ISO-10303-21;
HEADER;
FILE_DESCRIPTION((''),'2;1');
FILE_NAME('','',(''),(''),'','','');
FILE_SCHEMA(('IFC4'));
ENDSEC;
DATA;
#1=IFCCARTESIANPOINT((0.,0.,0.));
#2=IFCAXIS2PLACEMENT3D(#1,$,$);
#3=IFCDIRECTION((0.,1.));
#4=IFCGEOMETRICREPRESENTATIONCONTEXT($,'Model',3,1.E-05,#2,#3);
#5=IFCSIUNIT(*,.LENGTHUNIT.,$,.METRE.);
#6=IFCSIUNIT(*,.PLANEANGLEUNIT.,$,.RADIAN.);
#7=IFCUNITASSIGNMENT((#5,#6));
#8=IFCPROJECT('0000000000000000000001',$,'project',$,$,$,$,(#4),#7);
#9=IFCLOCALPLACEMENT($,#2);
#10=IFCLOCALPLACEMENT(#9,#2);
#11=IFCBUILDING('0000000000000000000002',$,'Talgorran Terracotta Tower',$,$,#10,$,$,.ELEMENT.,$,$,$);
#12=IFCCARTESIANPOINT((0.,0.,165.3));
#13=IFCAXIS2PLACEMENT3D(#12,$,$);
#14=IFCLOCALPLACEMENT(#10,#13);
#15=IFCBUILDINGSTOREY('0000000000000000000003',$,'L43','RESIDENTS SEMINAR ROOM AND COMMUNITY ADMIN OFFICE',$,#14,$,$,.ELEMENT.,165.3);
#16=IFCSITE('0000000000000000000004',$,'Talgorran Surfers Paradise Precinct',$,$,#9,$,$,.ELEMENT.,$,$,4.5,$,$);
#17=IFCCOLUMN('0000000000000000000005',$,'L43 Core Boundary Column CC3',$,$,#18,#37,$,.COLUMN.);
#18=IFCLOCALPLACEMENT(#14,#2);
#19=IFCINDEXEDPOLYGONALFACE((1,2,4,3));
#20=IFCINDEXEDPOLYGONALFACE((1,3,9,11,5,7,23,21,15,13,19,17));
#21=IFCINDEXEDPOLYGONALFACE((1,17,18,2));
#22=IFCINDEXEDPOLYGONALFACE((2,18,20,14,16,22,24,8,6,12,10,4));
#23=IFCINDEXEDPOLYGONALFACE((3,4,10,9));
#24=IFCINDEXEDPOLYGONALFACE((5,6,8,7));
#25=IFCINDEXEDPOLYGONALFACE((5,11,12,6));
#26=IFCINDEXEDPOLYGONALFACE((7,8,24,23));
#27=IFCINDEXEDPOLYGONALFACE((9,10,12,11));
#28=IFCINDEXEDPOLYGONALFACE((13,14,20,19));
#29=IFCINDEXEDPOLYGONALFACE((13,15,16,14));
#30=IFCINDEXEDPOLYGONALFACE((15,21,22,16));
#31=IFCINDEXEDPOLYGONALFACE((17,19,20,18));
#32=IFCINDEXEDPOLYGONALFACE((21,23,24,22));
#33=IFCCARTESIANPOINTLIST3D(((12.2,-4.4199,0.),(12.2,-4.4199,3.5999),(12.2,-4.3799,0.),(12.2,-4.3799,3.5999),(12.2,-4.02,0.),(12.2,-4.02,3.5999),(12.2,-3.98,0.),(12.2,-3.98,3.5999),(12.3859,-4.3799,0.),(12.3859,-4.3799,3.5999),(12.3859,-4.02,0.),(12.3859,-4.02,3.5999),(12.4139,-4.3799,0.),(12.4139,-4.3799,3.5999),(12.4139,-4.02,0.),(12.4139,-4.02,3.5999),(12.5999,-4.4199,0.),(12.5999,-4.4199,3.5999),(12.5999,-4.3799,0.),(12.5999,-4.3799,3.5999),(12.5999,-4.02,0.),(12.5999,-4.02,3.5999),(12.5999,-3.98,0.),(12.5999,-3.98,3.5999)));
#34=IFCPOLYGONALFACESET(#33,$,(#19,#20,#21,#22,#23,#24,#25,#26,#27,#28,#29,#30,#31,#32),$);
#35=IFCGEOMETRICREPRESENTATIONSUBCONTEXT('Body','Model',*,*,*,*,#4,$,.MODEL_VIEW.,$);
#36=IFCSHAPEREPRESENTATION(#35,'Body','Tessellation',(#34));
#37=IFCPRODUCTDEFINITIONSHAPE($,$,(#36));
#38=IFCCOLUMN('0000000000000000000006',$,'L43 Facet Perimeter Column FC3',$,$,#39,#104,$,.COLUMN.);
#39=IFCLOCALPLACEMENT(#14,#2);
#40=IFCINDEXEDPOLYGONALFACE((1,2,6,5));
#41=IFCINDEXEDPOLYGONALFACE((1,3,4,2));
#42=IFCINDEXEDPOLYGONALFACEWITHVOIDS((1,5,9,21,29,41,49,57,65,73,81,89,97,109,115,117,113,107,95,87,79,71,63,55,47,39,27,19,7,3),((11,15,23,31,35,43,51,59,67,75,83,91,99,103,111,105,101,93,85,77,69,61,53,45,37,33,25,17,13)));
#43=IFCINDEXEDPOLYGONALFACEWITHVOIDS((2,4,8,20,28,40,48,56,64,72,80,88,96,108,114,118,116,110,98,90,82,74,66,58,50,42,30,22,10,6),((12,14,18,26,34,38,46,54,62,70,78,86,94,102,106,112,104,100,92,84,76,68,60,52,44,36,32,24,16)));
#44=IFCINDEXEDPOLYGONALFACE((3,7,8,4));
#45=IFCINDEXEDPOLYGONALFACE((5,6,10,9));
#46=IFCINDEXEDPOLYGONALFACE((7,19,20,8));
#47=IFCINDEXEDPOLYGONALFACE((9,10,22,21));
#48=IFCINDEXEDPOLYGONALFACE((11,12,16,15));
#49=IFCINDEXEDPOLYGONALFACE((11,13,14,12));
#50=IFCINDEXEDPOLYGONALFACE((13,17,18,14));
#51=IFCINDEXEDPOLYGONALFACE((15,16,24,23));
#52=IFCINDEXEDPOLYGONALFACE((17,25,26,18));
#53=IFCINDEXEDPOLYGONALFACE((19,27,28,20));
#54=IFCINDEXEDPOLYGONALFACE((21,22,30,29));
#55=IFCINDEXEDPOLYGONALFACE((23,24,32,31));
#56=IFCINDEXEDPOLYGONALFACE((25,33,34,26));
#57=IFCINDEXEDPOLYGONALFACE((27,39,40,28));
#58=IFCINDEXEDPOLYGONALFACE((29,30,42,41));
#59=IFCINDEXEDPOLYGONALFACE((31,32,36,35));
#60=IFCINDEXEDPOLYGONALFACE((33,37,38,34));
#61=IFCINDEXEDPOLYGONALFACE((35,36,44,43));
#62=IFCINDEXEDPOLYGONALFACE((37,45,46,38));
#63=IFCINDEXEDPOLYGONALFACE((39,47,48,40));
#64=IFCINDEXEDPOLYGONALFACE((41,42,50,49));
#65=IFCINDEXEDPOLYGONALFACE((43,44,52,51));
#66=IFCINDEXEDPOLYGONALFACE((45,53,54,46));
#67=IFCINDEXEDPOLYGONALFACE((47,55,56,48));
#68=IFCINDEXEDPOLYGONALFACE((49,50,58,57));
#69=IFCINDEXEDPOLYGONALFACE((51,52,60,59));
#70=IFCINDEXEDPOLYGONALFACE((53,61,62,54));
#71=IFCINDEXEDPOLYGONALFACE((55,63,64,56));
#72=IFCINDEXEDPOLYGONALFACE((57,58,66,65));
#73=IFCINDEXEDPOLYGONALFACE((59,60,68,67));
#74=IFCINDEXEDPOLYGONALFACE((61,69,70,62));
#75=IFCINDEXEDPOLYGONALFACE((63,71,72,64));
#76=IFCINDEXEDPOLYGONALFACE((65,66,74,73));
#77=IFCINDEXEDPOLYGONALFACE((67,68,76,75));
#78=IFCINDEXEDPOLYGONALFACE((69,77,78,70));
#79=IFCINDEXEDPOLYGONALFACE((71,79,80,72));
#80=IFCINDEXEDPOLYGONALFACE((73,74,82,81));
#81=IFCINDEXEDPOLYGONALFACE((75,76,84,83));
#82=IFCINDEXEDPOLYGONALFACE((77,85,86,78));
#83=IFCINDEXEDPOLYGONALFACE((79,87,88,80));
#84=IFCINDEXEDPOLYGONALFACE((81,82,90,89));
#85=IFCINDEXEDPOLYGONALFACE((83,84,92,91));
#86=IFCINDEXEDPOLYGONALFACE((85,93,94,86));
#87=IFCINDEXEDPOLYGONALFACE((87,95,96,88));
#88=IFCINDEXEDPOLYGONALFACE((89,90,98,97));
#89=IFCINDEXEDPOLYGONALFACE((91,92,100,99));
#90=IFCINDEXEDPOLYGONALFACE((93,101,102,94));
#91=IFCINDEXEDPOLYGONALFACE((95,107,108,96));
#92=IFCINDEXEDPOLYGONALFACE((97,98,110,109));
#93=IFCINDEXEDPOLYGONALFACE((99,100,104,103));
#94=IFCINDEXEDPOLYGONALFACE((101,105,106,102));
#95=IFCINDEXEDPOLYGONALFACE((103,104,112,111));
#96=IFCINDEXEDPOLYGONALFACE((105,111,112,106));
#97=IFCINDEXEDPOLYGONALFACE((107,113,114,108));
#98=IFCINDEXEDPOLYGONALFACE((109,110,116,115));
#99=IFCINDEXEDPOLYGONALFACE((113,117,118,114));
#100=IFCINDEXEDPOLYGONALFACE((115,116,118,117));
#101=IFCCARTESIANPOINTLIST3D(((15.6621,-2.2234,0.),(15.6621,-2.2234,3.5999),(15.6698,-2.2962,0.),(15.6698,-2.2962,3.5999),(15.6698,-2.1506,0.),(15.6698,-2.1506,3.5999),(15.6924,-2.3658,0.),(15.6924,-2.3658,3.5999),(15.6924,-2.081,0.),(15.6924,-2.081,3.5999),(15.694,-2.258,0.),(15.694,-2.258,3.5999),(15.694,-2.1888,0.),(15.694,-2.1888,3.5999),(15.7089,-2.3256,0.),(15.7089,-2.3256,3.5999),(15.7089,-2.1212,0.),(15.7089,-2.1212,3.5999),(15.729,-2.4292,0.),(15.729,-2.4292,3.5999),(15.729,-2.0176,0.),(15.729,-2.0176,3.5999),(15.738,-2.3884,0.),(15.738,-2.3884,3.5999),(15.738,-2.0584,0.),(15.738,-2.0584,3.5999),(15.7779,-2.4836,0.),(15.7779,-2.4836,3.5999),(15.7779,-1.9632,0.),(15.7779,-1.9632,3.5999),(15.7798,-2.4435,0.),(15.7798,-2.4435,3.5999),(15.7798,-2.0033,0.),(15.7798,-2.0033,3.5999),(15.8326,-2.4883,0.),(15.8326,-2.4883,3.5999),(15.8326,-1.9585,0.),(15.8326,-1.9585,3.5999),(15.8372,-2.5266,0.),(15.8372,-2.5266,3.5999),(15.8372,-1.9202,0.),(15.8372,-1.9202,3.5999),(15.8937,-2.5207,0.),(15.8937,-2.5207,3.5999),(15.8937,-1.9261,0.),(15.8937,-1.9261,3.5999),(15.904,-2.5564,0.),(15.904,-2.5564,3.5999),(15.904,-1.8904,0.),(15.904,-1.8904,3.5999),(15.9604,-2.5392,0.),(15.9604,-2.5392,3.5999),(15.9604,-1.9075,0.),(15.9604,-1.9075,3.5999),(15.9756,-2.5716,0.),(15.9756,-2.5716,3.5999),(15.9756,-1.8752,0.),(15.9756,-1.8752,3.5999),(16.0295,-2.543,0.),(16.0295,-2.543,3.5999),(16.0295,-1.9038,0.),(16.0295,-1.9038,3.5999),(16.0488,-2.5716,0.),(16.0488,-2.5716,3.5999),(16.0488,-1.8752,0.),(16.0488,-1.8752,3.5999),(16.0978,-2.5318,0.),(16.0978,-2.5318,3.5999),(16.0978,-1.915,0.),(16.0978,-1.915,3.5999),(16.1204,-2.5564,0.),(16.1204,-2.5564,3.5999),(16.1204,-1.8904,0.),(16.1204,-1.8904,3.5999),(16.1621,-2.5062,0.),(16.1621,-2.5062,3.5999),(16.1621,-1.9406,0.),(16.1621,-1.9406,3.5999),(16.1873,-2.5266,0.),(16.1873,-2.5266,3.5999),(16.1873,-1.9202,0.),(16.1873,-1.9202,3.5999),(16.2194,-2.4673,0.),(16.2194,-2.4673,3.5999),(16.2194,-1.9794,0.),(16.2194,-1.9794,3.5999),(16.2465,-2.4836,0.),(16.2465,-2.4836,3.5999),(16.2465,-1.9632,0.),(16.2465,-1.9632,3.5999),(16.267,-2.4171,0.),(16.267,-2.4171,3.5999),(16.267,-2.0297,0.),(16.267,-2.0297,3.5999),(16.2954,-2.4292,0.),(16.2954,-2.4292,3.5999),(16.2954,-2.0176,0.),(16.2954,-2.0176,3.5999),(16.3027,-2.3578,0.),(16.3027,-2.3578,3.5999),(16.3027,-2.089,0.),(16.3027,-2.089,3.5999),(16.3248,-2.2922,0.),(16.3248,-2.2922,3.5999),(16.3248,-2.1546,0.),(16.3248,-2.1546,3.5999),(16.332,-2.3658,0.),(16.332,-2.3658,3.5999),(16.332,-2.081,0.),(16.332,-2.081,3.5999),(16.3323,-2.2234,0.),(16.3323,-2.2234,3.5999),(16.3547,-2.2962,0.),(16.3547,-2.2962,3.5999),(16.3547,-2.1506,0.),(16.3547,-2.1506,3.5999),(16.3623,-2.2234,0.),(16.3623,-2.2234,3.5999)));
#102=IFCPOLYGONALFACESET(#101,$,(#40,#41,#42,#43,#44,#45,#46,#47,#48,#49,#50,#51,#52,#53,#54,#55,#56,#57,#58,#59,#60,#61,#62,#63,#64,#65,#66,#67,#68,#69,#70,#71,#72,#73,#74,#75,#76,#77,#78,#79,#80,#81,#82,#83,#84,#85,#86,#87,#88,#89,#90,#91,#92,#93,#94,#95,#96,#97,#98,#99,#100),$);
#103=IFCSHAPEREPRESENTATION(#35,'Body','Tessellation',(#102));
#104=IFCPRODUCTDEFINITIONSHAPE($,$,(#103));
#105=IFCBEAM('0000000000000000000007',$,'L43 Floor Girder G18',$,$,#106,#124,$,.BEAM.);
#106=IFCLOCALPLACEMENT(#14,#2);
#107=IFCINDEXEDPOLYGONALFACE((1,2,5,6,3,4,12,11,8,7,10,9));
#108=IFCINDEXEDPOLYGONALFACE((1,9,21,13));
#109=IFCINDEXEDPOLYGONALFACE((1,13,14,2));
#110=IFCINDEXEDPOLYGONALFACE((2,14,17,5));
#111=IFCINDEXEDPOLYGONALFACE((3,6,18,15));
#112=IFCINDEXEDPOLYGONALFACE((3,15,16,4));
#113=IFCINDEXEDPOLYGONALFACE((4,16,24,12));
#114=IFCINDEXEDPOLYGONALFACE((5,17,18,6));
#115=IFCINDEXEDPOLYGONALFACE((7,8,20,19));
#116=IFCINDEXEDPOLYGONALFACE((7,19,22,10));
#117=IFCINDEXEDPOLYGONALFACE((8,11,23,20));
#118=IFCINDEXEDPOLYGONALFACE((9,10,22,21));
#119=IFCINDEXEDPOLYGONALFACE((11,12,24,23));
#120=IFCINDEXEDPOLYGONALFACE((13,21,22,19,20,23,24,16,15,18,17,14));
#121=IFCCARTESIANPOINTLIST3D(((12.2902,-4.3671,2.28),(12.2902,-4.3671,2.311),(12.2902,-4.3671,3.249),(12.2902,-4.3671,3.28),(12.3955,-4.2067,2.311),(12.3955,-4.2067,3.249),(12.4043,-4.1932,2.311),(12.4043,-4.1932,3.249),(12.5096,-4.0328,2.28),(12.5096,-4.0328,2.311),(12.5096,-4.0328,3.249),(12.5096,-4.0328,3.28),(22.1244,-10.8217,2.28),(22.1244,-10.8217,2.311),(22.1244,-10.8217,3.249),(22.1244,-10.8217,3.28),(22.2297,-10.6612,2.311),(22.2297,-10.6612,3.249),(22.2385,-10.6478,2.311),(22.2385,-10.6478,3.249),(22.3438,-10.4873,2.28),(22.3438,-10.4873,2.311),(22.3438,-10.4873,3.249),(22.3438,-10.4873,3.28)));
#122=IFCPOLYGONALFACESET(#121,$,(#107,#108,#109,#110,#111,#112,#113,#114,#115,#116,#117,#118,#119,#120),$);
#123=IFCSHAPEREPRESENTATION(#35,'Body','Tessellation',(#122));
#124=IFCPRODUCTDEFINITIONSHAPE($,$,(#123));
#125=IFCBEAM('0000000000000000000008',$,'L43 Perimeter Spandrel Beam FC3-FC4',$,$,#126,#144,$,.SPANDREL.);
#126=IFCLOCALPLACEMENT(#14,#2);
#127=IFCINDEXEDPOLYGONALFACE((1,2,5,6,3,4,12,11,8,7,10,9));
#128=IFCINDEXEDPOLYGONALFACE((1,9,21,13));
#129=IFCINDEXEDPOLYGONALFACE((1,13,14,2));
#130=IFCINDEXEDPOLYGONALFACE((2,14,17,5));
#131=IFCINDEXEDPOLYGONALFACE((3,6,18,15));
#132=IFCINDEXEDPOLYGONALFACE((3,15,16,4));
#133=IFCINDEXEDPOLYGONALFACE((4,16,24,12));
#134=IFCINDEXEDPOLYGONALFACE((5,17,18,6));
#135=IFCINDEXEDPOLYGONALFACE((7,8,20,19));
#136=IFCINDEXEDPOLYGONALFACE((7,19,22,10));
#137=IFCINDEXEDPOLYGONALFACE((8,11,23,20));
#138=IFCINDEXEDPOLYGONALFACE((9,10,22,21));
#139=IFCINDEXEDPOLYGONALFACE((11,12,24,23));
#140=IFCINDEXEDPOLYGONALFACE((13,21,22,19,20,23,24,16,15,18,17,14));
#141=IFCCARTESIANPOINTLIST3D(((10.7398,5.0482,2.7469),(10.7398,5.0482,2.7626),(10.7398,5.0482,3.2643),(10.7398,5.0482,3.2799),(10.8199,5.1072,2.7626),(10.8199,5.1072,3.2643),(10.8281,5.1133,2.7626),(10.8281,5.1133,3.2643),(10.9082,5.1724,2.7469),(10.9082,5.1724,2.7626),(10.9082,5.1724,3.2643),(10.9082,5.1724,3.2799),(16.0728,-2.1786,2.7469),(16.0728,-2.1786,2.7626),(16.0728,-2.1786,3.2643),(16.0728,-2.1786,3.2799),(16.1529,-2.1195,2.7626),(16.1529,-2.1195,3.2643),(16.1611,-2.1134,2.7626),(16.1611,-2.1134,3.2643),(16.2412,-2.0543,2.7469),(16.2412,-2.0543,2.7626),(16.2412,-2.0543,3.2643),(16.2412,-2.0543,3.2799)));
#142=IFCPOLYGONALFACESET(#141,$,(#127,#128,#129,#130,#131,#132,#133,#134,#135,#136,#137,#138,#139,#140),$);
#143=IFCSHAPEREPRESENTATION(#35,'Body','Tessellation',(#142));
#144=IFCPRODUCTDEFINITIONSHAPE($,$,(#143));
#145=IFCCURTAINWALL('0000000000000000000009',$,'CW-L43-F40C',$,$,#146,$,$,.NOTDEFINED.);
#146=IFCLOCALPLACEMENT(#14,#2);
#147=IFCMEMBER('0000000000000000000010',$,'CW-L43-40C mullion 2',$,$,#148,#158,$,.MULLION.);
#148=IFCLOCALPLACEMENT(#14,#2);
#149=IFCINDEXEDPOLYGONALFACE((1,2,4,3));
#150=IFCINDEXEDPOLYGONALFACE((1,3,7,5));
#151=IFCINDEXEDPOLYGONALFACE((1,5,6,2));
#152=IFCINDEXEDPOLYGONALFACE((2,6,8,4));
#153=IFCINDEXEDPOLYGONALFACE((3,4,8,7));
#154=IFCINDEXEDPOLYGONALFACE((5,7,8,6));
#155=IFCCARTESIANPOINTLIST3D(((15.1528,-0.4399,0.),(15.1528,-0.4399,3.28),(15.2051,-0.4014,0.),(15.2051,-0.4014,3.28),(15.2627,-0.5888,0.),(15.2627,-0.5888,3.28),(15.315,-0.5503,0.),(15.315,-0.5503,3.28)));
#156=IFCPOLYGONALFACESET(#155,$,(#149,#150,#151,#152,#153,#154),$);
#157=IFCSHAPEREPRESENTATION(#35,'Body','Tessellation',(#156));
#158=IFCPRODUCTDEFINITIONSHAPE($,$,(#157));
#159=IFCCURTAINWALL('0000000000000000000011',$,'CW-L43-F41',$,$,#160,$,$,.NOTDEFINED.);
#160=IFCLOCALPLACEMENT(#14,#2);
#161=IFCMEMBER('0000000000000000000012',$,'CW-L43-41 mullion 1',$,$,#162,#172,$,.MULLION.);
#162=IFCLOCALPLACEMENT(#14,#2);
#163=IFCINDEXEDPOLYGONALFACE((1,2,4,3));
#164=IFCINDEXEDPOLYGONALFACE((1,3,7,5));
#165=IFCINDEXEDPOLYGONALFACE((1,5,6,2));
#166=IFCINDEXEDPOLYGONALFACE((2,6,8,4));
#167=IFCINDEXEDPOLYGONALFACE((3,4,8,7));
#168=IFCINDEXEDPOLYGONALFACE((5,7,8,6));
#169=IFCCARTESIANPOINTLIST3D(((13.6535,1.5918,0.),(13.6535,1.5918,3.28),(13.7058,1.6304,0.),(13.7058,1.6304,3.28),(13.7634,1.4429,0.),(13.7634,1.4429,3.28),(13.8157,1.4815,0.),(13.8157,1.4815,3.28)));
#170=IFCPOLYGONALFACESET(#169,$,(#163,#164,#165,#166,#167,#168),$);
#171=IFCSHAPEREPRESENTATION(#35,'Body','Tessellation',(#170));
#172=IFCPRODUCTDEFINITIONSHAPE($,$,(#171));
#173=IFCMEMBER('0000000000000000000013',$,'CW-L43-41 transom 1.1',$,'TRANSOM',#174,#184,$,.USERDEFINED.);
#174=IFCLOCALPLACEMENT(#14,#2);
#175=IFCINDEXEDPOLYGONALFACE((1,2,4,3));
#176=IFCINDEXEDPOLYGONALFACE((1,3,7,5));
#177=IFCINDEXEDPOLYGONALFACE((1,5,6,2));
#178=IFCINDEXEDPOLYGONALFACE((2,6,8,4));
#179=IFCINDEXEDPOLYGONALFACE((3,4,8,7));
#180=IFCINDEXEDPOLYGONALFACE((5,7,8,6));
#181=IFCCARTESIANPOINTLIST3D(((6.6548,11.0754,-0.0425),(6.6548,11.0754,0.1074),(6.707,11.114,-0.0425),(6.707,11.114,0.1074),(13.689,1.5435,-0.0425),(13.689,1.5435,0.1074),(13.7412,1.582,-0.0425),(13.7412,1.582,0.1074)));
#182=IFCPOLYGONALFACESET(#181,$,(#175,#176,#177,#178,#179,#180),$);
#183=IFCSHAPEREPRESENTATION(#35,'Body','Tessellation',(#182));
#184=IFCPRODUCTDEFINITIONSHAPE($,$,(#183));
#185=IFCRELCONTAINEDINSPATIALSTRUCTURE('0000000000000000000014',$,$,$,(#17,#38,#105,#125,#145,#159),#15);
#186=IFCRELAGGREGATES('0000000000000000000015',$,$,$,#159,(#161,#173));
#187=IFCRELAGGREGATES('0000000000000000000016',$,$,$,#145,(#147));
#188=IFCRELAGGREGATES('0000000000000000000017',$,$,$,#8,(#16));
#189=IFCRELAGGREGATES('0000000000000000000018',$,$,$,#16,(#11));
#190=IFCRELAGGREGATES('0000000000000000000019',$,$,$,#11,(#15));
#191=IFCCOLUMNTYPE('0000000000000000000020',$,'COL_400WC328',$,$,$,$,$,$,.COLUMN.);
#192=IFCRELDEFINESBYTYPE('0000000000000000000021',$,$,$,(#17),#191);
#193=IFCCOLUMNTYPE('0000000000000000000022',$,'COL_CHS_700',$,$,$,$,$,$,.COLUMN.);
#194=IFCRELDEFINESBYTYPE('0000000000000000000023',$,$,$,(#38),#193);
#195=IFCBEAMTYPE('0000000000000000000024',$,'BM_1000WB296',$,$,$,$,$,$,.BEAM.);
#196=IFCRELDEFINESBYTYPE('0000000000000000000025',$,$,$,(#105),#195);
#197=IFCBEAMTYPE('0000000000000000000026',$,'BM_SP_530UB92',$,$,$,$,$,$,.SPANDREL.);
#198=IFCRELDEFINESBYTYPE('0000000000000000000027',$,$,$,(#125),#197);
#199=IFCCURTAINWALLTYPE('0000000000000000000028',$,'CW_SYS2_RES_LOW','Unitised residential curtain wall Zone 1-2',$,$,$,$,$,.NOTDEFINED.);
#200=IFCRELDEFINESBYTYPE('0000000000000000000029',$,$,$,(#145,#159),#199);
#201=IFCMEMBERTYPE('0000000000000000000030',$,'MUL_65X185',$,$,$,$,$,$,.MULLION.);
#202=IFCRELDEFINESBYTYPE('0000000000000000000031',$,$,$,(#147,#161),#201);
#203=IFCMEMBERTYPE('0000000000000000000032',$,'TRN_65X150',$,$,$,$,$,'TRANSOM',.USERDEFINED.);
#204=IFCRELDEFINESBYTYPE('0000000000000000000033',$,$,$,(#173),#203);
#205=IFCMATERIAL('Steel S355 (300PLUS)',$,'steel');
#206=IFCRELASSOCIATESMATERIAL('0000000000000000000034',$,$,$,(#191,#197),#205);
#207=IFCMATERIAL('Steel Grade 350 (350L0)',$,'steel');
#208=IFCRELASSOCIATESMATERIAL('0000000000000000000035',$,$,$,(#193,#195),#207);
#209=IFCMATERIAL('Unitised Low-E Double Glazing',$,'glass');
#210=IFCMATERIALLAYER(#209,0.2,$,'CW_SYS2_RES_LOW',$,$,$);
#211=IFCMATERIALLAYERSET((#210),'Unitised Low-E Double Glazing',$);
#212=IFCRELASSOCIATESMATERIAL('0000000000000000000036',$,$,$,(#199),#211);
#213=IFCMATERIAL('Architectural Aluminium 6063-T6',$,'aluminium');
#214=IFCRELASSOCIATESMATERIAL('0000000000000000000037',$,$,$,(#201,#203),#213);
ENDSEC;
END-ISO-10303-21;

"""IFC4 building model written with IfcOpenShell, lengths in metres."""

from ifc_helpers import new_model, si_unit, direction, frame, origin, origin_2d, place, context, subcontext, project, spatial, rectangle, hollow_circle, i_section, extrude, material, layer, layer_set, material_profile, profile_set, type_object, element, aggregate, save


model = new_model("IFC4")

# Units and contexts
model_context = context("Model", 3, precision=1e-05, world=origin(), true_north=direction((0.0, 1.0)))
body_context = subcontext(model_context, "Body", "Model", "MODEL_VIEW")
ifc_project = project(units=[si_unit("LENGTHUNIT", "METRE"), si_unit("PLANEANGLEUNIT", "RADIAN")], contexts=[model_context])

# Site, building, storey
site_placement = place(None, origin())
site = spatial("IfcSite", under=ifc_project, at=site_placement, Name="Talgorran Surfers Paradise Precinct", CompositionType="ELEMENT", RefElevation=4.5)
building_placement = place(site_placement, origin())
building = spatial("IfcBuilding", under=site, at=building_placement, Name="Talgorran Terracotta Tower", CompositionType="ELEMENT")
storey_placement = place(building_placement, frame((0.0, 0.0, 165.3)))
storey = spatial("IfcBuildingStorey", under=building, at=storey_placement, Name="L43", Description="RESIDENTS SEMINAR ROOM AND COMMUNITY ADMIN OFFICE", CompositionType="ELEMENT", Elevation=165.3)

# Columns
ifc_material_1 = material(Name="Steel S355 (300PLUS)", Category="steel")
ifc_material_profile_1 = material_profile(ifc_material_1, i_section(OverallWidth=0.3999, OverallDepth=0.4399, WebThickness=0.0281, FlangeThickness=0.04, at=origin_2d()), Name="400WC328")
ifc_profile_set_1 = profile_set([ifc_material_profile_1], Name="Steel S355 (300PLUS)")
column_type_1 = type_object("IfcColumnType", Name="COL_400WC328", PredefinedType="COLUMN", material=ifc_profile_set_1)
column_1_placement = place(storey_placement, frame((12.3999, -4.2, 0.0), z_axis=(0.0, 0.0, 1.0), x_axis=(1.0, 0.0, 0.0)))
element("IfcColumn", 1, at=column_1_placement, inside=storey, type_object=column_type_1, Name="L43 Core Boundary Column CC3", PredefinedType="COLUMN", context=body_context, shape_type="SweptSolid", body=[
    extrude(i_section(OverallWidth=0.3999, OverallDepth=0.4399, WebThickness=0.0281, FlangeThickness=0.04, at=origin_2d()), origin(), (0.0, 0.0, 1.0), 3.5999),
])
ifc_material_2 = material(Name="Steel Grade 350 (350L0)", Category="steel")
ifc_material_profile_2 = material_profile(ifc_material_2, hollow_circle(Radius=0.3501, WallThickness=0.03, at=origin_2d()), Name="CHS700X30")
ifc_profile_set_2 = profile_set([ifc_material_profile_2], Name="Steel Grade 350 (350L0)")
column_type_2 = type_object("IfcColumnType", Name="COL_CHS_700", PredefinedType="COLUMN", material=ifc_profile_set_2)
column_2_placement = place(storey_placement, frame((16.0122, -2.2234, 0.0), z_axis=(0.0, 0.0, 1.0), x_axis=(1.0, 0.0, 0.0)))
element("IfcColumn", 2, at=column_2_placement, inside=storey, type_object=column_type_2, Name="L43 Facet Perimeter Column FC3", PredefinedType="COLUMN", context=body_context, shape_type="SweptSolid", body=[
    extrude(hollow_circle(Radius=0.3501, WallThickness=0.03, at=origin_2d()), origin(), (0.0, 0.0, 1.0), 3.5999),
])

# Beams
ifc_material_profile_3 = material_profile(ifc_material_2, i_section(OverallWidth=0.3999, OverallDepth=1.0, WebThickness=0.0161, FlangeThickness=0.031, at=origin_2d()), Name="1000WB296")
ifc_profile_set_3 = profile_set([ifc_material_profile_3], Name="Steel Grade 350 (350L0)")
beam_type_1 = type_object("IfcBeamType", Name="BM_1000WB296", PredefinedType="BEAM", material=ifc_profile_set_3)
beam_1_placement = place(storey_placement, frame((12.3999, -4.2, 2.78), z_axis=(0.836014, -0.548709, 0.0), x_axis=(0.548709, 0.836014, 0.0)))
element("IfcBeam", 3, at=beam_1_placement, inside=storey, type_object=beam_type_1, Name="L43 Floor Girder G18", PredefinedType="BEAM", context=body_context, shape_type="SweptSolid", body=[
    extrude(i_section(OverallWidth=0.3999, OverallDepth=1.0, WebThickness=0.0161, FlangeThickness=0.031, at=origin_2d()), origin(), (0.0, 0.0, 1.0), 11.7632),
])
ifc_material_profile_4 = material_profile(ifc_material_1, i_section(OverallWidth=0.2092, OverallDepth=0.533, WebThickness=0.0103, FlangeThickness=0.0156, at=origin_2d()), Name="530UB92.4")
ifc_profile_set_4 = profile_set([ifc_material_profile_4], Name="Steel S355 (300PLUS)")
beam_type_2 = type_object("IfcBeamType", Name="BM_SP_530UB92", PredefinedType="SPANDREL", material=ifc_profile_set_4)
beam_2_placement = place(storey_placement, frame((16.157, -2.1165, 3.0134), z_axis=(-0.593776, 0.804631, 0.0), x_axis=(-0.804631, -0.593776, 0.0)))
element("IfcBeam", 4, at=beam_2_placement, inside=storey, type_object=beam_type_2, Name="L43 Perimeter Spandrel Beam FC3-FC4", PredefinedType="SPANDREL", context=body_context, shape_type="SweptSolid", body=[
    extrude(i_section(OverallWidth=0.2092, OverallDepth=0.533, WebThickness=0.0103, FlangeThickness=0.0156, at=origin_2d()), origin(), (0.0, 0.0, 1.0), 8.9814),
])

# Curtain wall, member
ifc_material_3 = material(Name="Unitised Low-E Double Glazing", Category="glass")
ifc_layer_1 = layer(ifc_material_3, 0.2, Name="CW_SYS2_RES_LOW")
ifc_layer_set_1 = layer_set([ifc_layer_1], Name="Unitised Low-E Double Glazing")
curtain_wall_type = type_object("IfcCurtainWallType", Name="CW_SYS2_RES_LOW", Description="Unitised residential curtain wall Zone 1-2", PredefinedType="NOTDEFINED", material=ifc_layer_set_1)
curtain_wall_1_placement = place(storey_placement, origin())
curtain_wall_1 = element("IfcCurtainWall", 5, at=curtain_wall_1_placement, inside=storey, type_object=curtain_wall_type, Name="CW-L43-F40C", PredefinedType="NOTDEFINED")
ifc_material_4 = material(Name="Architectural Aluminium 6063-T6", Category="aluminium")
ifc_material_profile_5 = material_profile(ifc_material_4, rectangle(XDim=0.0649, YDim=0.1851, at=origin_2d()), Name="CWM65X185")
ifc_profile_set_5 = profile_set([ifc_material_profile_5], Name="Architectural Aluminium 6063-T6")
member_type_1 = type_object("IfcMemberType", Name="MUL_65X185", PredefinedType="MULLION", material=ifc_profile_set_5)
member_1_placement = place(storey_placement, frame((15.2339, -0.4951, 0.0), z_axis=(0.0, 0.0, 1.0), x_axis=(-0.804619, -0.593791, 0.0)))
member_1 = element("IfcMember", 6, at=member_1_placement, type_object=member_type_1, Name="CW-L43-40C mullion 2", PredefinedType="MULLION", context=body_context, shape_type="SweptSolid", body=[
    extrude(rectangle(XDim=0.0649, YDim=0.1851, at=origin_2d()), origin(), (0.0, 0.0, 1.0), 3.28),
])

# Curtain wall, members
curtain_wall_2_placement = place(storey_placement, origin())
curtain_wall_2 = element("IfcCurtainWall", 7, at=curtain_wall_2_placement, inside=storey, type_object=curtain_wall_type, Name="CW-L43-F41", PredefinedType="NOTDEFINED")
member_2_placement = place(storey_placement, frame((13.7346, 1.5366, 0.0), z_axis=(0.0, 0.0, 1.0), x_axis=(-0.804624, -0.593784, 0.0)))
member_2 = element("IfcMember", 8, at=member_2_placement, type_object=member_type_1, Name="CW-L43-41 mullion 1", PredefinedType="MULLION", context=body_context, shape_type="SweptSolid", body=[
    extrude(rectangle(XDim=0.0649, YDim=0.1851, at=origin_2d()), origin(), (0.0, 0.0, 1.0), 3.28),
])
ifc_material_profile_6 = material_profile(ifc_material_4, rectangle(XDim=0.0649, YDim=0.1499, at=origin_2d()), Name="CWT65X150")
ifc_profile_set_6 = profile_set([ifc_material_profile_6], Name="Architectural Aluminium 6063-T6")
member_type_2 = type_object("IfcMemberType", Name="TRN_65X150", ElementType="TRANSOM", PredefinedType="USERDEFINED", material=ifc_profile_set_6)
member_3_placement = place(storey_placement, frame((13.7151, 1.5627, 0.0325), z_axis=(-0.59378, 0.804628, 0.0), x_axis=(-0.804628, -0.59378, 0.0)))
member_3 = element("IfcMember", 9, at=member_3_placement, type_object=member_type_2, Name="CW-L43-41 transom 1.1", ObjectType="TRANSOM", PredefinedType="USERDEFINED", context=body_context, shape_type="SweptSolid", body=[
    extrude(rectangle(XDim=0.0649, YDim=0.1499, at=origin_2d()), origin(), (0.0, 0.0, 1.0), 11.8464),
])
aggregate(curtain_wall_2, [member_2, member_3])

aggregate(curtain_wall_1, [member_1])

save(model, "model.ifc")
